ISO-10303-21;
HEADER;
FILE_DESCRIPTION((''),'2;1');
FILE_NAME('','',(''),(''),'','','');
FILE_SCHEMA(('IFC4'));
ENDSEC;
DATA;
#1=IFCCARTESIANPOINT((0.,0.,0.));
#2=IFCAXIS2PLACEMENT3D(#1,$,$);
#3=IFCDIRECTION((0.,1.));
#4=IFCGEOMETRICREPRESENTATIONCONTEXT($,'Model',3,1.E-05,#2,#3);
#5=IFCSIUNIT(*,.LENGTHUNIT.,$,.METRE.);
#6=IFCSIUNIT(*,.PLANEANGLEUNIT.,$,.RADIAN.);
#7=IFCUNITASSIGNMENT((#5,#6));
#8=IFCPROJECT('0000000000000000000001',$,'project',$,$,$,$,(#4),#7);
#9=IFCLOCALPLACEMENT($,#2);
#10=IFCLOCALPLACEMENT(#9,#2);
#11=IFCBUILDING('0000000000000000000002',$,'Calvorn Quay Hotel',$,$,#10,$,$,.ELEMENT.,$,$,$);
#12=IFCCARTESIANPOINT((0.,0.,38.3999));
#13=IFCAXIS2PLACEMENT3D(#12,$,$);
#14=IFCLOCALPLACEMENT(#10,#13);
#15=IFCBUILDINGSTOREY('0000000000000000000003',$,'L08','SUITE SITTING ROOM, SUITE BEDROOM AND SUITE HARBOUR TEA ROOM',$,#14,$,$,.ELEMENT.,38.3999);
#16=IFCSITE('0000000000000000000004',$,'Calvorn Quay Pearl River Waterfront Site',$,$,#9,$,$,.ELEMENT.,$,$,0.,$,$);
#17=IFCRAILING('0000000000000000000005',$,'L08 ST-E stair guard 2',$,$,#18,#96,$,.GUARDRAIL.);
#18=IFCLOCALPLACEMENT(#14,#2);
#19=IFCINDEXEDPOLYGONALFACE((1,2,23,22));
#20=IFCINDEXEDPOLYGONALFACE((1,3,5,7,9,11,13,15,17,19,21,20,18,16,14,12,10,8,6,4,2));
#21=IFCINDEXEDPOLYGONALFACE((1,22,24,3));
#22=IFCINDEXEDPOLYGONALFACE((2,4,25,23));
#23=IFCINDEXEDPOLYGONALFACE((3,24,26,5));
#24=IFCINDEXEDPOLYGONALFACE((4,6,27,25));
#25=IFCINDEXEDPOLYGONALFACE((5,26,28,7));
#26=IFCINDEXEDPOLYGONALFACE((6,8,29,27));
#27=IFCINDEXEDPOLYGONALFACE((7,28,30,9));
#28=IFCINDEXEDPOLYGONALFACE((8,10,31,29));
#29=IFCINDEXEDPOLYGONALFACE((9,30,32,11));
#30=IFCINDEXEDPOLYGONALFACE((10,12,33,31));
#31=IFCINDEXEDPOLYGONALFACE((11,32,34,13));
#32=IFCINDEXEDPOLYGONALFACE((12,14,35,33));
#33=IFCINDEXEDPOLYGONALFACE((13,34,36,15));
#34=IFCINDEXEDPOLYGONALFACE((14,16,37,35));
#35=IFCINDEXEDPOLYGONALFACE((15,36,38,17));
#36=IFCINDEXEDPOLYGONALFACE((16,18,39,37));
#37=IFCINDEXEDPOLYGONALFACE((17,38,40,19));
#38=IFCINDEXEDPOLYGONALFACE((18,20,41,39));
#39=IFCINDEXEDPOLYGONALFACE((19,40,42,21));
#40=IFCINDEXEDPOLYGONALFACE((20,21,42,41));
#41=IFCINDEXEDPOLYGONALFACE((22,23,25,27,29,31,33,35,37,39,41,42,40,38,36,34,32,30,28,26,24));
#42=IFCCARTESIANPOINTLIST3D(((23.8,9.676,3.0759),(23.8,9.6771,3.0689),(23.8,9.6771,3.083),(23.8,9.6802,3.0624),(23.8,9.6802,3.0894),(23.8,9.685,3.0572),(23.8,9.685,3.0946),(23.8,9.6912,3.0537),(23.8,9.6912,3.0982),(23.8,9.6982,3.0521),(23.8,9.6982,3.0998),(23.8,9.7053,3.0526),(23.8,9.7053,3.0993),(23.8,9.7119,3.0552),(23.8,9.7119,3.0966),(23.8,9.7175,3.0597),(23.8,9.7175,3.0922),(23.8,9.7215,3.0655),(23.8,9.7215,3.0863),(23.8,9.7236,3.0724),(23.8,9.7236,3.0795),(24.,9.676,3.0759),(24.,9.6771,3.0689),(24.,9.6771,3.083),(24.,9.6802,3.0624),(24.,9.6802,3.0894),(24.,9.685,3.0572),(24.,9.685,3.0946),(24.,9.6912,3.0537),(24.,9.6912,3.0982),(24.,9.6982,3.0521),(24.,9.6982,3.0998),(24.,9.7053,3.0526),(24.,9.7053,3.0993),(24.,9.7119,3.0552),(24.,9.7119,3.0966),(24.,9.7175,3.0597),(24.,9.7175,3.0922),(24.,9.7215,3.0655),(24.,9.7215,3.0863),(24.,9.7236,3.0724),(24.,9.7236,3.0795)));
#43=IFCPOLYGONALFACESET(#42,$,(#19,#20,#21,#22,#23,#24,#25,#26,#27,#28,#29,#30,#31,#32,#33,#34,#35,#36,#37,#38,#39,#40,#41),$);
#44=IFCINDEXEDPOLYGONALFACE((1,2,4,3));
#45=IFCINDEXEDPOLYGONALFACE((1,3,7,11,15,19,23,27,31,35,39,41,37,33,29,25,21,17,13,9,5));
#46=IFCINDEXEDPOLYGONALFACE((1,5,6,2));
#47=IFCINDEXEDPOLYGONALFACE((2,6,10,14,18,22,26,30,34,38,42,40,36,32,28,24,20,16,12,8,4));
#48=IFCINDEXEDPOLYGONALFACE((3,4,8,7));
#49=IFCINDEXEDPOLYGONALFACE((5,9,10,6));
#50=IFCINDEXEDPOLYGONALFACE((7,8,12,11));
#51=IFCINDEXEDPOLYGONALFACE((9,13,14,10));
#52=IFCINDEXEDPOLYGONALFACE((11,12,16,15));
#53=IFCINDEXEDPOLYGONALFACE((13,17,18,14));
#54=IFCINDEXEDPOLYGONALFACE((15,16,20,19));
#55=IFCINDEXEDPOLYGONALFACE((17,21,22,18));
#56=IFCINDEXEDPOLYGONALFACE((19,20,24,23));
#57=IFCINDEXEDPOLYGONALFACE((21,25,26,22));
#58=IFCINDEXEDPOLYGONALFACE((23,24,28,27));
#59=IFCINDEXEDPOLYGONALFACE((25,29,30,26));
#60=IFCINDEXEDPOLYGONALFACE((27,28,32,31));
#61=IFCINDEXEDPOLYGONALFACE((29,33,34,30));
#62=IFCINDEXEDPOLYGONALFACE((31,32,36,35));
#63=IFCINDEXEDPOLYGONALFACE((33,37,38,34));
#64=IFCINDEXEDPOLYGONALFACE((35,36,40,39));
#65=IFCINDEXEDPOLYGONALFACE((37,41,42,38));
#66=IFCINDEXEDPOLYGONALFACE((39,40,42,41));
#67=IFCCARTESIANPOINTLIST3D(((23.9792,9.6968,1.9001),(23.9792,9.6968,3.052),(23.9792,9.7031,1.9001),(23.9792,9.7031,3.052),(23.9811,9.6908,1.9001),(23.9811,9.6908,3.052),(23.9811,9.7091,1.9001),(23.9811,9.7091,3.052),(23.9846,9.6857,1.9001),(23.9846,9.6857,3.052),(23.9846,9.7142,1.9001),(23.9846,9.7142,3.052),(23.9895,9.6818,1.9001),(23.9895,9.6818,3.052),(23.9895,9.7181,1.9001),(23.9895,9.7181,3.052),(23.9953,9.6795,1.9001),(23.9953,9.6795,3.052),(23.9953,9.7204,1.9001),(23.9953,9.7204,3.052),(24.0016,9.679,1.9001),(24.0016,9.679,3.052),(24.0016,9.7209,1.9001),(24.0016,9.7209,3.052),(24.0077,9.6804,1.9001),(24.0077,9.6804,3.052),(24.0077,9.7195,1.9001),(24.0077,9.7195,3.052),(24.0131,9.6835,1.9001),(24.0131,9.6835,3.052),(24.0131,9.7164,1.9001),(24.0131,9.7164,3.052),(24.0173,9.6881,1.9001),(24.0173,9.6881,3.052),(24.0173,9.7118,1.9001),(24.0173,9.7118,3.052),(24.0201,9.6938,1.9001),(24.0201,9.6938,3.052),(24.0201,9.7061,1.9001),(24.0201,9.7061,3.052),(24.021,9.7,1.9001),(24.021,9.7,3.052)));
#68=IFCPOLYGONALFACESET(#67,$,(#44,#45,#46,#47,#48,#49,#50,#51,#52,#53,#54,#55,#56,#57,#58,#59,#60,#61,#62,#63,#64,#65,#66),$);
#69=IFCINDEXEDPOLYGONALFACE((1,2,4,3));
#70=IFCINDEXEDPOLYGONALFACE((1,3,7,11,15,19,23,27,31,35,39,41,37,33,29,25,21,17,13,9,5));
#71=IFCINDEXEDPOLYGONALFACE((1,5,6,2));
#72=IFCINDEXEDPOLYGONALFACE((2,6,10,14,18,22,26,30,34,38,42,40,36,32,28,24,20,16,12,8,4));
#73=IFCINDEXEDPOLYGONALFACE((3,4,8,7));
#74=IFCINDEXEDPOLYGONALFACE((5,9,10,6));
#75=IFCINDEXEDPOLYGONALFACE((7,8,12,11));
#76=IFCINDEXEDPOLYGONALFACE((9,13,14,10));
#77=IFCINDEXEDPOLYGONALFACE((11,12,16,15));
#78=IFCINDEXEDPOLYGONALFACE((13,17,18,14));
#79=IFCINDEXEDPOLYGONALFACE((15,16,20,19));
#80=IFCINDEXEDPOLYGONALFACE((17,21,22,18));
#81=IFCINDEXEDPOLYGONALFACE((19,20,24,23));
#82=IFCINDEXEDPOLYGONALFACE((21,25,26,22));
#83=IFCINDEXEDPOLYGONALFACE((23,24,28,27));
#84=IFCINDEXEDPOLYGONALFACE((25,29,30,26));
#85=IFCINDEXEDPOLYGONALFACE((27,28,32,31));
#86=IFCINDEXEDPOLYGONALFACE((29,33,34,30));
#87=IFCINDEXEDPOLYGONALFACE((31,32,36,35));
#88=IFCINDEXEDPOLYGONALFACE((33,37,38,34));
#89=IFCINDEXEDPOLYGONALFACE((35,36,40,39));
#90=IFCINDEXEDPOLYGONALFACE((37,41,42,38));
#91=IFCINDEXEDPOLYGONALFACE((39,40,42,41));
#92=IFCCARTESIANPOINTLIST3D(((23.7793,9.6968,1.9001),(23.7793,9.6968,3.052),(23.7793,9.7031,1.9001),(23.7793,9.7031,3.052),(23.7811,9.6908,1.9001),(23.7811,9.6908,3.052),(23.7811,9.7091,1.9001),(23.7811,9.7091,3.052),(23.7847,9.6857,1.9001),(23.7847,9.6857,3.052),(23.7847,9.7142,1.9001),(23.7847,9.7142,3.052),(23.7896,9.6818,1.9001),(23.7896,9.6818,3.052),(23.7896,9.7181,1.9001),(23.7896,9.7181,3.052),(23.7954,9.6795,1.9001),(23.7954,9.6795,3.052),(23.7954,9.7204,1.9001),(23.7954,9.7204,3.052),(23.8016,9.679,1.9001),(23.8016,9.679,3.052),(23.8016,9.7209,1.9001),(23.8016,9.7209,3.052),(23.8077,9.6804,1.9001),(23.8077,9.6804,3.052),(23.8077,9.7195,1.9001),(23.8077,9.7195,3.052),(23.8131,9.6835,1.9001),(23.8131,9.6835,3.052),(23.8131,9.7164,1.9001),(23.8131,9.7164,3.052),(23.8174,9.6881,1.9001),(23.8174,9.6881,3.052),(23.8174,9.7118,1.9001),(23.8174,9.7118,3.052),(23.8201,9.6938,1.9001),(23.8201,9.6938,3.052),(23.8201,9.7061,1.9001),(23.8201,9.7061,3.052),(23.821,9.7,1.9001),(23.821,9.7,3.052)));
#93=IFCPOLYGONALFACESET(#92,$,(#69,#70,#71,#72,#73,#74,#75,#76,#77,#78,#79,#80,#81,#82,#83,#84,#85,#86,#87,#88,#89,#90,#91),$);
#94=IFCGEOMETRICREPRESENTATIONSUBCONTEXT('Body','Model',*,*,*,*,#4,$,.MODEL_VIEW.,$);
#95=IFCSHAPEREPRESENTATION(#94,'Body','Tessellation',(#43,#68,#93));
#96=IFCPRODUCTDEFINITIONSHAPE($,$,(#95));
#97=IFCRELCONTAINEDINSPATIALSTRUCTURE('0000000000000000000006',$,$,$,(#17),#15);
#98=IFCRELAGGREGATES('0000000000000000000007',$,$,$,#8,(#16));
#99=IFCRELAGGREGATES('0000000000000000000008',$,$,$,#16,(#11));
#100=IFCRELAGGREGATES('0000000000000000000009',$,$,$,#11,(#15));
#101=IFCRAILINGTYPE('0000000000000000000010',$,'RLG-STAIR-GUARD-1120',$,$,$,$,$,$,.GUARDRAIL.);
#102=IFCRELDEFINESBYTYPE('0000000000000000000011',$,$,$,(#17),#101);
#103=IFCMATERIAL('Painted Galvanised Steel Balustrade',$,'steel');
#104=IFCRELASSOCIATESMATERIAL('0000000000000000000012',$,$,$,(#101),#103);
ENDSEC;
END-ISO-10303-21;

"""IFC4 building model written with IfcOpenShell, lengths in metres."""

from ifc_helpers import new_model, si_unit, direction, frame, origin, origin_2d, place, context, subcontext, project, spatial, circle, extrude, material, type_object, element, save


model = new_model("IFC4")

# Units and contexts
model_context = context("Model", 3, precision=1e-05, world=origin(), true_north=direction((0.0, 1.0)))
body_context = subcontext(model_context, "Body", "Model", "MODEL_VIEW")
ifc_project = project(units=[si_unit("LENGTHUNIT", "METRE"), si_unit("PLANEANGLEUNIT", "RADIAN")], contexts=[model_context])

# Site, building, storey
site_placement = place(None, origin())
site = spatial("IfcSite", under=ifc_project, at=site_placement, Name="Calvorn Quay Pearl River Waterfront Site", CompositionType="ELEMENT", RefElevation=0.0)
building_placement = place(site_placement, origin())
building = spatial("IfcBuilding", under=site, at=building_placement, Name="Calvorn Quay Hotel", CompositionType="ELEMENT")
storey_placement = place(building_placement, frame((0.0, 0.0, 38.3999)))
storey = spatial("IfcBuildingStorey", under=building, at=storey_placement, Name="L08", Description="SUITE SITTING ROOM, SUITE BEDROOM AND SUITE HARBOUR TEA ROOM", CompositionType="ELEMENT", Elevation=38.3999)

# Railing
ifc_material_1 = material(Name="Painted Galvanised Steel Balustrade", Category="steel")
railing_type_1 = type_object("IfcRailingType", Name="RLG-STAIR-GUARD-1120", PredefinedType="GUARDRAIL", material=ifc_material_1)
railing_1_placement = place(storey_placement, frame((24.0, 9.7, 1.9001)))
element("IfcRailing", 1, at=railing_1_placement, inside=storey, type_object=railing_type_1, Name="L08 ST-E stair guard 2", PredefinedType="GUARDRAIL", context=body_context, shape_type="SweptSolid", body=[
    extrude(circle(Radius=0.0239, at=origin_2d()), frame((0.0, 0.0, 1.1758), z_axis=(-1.0, 0.0, 0.0), x_axis=(0.0, -1.0, 0.0)), (0.0, 0.0, 1.0), 0.2),
    extrude(circle(Radius=0.021, at=origin_2d()), origin(), (0.0, 0.0, 1.0), 1.1519),
    extrude(circle(Radius=0.021, at=origin_2d()), frame((-0.2, 0.0, 0.0)), (0.0, 0.0, 1.0), 1.1519),
])

save(model, "model.ifc")
